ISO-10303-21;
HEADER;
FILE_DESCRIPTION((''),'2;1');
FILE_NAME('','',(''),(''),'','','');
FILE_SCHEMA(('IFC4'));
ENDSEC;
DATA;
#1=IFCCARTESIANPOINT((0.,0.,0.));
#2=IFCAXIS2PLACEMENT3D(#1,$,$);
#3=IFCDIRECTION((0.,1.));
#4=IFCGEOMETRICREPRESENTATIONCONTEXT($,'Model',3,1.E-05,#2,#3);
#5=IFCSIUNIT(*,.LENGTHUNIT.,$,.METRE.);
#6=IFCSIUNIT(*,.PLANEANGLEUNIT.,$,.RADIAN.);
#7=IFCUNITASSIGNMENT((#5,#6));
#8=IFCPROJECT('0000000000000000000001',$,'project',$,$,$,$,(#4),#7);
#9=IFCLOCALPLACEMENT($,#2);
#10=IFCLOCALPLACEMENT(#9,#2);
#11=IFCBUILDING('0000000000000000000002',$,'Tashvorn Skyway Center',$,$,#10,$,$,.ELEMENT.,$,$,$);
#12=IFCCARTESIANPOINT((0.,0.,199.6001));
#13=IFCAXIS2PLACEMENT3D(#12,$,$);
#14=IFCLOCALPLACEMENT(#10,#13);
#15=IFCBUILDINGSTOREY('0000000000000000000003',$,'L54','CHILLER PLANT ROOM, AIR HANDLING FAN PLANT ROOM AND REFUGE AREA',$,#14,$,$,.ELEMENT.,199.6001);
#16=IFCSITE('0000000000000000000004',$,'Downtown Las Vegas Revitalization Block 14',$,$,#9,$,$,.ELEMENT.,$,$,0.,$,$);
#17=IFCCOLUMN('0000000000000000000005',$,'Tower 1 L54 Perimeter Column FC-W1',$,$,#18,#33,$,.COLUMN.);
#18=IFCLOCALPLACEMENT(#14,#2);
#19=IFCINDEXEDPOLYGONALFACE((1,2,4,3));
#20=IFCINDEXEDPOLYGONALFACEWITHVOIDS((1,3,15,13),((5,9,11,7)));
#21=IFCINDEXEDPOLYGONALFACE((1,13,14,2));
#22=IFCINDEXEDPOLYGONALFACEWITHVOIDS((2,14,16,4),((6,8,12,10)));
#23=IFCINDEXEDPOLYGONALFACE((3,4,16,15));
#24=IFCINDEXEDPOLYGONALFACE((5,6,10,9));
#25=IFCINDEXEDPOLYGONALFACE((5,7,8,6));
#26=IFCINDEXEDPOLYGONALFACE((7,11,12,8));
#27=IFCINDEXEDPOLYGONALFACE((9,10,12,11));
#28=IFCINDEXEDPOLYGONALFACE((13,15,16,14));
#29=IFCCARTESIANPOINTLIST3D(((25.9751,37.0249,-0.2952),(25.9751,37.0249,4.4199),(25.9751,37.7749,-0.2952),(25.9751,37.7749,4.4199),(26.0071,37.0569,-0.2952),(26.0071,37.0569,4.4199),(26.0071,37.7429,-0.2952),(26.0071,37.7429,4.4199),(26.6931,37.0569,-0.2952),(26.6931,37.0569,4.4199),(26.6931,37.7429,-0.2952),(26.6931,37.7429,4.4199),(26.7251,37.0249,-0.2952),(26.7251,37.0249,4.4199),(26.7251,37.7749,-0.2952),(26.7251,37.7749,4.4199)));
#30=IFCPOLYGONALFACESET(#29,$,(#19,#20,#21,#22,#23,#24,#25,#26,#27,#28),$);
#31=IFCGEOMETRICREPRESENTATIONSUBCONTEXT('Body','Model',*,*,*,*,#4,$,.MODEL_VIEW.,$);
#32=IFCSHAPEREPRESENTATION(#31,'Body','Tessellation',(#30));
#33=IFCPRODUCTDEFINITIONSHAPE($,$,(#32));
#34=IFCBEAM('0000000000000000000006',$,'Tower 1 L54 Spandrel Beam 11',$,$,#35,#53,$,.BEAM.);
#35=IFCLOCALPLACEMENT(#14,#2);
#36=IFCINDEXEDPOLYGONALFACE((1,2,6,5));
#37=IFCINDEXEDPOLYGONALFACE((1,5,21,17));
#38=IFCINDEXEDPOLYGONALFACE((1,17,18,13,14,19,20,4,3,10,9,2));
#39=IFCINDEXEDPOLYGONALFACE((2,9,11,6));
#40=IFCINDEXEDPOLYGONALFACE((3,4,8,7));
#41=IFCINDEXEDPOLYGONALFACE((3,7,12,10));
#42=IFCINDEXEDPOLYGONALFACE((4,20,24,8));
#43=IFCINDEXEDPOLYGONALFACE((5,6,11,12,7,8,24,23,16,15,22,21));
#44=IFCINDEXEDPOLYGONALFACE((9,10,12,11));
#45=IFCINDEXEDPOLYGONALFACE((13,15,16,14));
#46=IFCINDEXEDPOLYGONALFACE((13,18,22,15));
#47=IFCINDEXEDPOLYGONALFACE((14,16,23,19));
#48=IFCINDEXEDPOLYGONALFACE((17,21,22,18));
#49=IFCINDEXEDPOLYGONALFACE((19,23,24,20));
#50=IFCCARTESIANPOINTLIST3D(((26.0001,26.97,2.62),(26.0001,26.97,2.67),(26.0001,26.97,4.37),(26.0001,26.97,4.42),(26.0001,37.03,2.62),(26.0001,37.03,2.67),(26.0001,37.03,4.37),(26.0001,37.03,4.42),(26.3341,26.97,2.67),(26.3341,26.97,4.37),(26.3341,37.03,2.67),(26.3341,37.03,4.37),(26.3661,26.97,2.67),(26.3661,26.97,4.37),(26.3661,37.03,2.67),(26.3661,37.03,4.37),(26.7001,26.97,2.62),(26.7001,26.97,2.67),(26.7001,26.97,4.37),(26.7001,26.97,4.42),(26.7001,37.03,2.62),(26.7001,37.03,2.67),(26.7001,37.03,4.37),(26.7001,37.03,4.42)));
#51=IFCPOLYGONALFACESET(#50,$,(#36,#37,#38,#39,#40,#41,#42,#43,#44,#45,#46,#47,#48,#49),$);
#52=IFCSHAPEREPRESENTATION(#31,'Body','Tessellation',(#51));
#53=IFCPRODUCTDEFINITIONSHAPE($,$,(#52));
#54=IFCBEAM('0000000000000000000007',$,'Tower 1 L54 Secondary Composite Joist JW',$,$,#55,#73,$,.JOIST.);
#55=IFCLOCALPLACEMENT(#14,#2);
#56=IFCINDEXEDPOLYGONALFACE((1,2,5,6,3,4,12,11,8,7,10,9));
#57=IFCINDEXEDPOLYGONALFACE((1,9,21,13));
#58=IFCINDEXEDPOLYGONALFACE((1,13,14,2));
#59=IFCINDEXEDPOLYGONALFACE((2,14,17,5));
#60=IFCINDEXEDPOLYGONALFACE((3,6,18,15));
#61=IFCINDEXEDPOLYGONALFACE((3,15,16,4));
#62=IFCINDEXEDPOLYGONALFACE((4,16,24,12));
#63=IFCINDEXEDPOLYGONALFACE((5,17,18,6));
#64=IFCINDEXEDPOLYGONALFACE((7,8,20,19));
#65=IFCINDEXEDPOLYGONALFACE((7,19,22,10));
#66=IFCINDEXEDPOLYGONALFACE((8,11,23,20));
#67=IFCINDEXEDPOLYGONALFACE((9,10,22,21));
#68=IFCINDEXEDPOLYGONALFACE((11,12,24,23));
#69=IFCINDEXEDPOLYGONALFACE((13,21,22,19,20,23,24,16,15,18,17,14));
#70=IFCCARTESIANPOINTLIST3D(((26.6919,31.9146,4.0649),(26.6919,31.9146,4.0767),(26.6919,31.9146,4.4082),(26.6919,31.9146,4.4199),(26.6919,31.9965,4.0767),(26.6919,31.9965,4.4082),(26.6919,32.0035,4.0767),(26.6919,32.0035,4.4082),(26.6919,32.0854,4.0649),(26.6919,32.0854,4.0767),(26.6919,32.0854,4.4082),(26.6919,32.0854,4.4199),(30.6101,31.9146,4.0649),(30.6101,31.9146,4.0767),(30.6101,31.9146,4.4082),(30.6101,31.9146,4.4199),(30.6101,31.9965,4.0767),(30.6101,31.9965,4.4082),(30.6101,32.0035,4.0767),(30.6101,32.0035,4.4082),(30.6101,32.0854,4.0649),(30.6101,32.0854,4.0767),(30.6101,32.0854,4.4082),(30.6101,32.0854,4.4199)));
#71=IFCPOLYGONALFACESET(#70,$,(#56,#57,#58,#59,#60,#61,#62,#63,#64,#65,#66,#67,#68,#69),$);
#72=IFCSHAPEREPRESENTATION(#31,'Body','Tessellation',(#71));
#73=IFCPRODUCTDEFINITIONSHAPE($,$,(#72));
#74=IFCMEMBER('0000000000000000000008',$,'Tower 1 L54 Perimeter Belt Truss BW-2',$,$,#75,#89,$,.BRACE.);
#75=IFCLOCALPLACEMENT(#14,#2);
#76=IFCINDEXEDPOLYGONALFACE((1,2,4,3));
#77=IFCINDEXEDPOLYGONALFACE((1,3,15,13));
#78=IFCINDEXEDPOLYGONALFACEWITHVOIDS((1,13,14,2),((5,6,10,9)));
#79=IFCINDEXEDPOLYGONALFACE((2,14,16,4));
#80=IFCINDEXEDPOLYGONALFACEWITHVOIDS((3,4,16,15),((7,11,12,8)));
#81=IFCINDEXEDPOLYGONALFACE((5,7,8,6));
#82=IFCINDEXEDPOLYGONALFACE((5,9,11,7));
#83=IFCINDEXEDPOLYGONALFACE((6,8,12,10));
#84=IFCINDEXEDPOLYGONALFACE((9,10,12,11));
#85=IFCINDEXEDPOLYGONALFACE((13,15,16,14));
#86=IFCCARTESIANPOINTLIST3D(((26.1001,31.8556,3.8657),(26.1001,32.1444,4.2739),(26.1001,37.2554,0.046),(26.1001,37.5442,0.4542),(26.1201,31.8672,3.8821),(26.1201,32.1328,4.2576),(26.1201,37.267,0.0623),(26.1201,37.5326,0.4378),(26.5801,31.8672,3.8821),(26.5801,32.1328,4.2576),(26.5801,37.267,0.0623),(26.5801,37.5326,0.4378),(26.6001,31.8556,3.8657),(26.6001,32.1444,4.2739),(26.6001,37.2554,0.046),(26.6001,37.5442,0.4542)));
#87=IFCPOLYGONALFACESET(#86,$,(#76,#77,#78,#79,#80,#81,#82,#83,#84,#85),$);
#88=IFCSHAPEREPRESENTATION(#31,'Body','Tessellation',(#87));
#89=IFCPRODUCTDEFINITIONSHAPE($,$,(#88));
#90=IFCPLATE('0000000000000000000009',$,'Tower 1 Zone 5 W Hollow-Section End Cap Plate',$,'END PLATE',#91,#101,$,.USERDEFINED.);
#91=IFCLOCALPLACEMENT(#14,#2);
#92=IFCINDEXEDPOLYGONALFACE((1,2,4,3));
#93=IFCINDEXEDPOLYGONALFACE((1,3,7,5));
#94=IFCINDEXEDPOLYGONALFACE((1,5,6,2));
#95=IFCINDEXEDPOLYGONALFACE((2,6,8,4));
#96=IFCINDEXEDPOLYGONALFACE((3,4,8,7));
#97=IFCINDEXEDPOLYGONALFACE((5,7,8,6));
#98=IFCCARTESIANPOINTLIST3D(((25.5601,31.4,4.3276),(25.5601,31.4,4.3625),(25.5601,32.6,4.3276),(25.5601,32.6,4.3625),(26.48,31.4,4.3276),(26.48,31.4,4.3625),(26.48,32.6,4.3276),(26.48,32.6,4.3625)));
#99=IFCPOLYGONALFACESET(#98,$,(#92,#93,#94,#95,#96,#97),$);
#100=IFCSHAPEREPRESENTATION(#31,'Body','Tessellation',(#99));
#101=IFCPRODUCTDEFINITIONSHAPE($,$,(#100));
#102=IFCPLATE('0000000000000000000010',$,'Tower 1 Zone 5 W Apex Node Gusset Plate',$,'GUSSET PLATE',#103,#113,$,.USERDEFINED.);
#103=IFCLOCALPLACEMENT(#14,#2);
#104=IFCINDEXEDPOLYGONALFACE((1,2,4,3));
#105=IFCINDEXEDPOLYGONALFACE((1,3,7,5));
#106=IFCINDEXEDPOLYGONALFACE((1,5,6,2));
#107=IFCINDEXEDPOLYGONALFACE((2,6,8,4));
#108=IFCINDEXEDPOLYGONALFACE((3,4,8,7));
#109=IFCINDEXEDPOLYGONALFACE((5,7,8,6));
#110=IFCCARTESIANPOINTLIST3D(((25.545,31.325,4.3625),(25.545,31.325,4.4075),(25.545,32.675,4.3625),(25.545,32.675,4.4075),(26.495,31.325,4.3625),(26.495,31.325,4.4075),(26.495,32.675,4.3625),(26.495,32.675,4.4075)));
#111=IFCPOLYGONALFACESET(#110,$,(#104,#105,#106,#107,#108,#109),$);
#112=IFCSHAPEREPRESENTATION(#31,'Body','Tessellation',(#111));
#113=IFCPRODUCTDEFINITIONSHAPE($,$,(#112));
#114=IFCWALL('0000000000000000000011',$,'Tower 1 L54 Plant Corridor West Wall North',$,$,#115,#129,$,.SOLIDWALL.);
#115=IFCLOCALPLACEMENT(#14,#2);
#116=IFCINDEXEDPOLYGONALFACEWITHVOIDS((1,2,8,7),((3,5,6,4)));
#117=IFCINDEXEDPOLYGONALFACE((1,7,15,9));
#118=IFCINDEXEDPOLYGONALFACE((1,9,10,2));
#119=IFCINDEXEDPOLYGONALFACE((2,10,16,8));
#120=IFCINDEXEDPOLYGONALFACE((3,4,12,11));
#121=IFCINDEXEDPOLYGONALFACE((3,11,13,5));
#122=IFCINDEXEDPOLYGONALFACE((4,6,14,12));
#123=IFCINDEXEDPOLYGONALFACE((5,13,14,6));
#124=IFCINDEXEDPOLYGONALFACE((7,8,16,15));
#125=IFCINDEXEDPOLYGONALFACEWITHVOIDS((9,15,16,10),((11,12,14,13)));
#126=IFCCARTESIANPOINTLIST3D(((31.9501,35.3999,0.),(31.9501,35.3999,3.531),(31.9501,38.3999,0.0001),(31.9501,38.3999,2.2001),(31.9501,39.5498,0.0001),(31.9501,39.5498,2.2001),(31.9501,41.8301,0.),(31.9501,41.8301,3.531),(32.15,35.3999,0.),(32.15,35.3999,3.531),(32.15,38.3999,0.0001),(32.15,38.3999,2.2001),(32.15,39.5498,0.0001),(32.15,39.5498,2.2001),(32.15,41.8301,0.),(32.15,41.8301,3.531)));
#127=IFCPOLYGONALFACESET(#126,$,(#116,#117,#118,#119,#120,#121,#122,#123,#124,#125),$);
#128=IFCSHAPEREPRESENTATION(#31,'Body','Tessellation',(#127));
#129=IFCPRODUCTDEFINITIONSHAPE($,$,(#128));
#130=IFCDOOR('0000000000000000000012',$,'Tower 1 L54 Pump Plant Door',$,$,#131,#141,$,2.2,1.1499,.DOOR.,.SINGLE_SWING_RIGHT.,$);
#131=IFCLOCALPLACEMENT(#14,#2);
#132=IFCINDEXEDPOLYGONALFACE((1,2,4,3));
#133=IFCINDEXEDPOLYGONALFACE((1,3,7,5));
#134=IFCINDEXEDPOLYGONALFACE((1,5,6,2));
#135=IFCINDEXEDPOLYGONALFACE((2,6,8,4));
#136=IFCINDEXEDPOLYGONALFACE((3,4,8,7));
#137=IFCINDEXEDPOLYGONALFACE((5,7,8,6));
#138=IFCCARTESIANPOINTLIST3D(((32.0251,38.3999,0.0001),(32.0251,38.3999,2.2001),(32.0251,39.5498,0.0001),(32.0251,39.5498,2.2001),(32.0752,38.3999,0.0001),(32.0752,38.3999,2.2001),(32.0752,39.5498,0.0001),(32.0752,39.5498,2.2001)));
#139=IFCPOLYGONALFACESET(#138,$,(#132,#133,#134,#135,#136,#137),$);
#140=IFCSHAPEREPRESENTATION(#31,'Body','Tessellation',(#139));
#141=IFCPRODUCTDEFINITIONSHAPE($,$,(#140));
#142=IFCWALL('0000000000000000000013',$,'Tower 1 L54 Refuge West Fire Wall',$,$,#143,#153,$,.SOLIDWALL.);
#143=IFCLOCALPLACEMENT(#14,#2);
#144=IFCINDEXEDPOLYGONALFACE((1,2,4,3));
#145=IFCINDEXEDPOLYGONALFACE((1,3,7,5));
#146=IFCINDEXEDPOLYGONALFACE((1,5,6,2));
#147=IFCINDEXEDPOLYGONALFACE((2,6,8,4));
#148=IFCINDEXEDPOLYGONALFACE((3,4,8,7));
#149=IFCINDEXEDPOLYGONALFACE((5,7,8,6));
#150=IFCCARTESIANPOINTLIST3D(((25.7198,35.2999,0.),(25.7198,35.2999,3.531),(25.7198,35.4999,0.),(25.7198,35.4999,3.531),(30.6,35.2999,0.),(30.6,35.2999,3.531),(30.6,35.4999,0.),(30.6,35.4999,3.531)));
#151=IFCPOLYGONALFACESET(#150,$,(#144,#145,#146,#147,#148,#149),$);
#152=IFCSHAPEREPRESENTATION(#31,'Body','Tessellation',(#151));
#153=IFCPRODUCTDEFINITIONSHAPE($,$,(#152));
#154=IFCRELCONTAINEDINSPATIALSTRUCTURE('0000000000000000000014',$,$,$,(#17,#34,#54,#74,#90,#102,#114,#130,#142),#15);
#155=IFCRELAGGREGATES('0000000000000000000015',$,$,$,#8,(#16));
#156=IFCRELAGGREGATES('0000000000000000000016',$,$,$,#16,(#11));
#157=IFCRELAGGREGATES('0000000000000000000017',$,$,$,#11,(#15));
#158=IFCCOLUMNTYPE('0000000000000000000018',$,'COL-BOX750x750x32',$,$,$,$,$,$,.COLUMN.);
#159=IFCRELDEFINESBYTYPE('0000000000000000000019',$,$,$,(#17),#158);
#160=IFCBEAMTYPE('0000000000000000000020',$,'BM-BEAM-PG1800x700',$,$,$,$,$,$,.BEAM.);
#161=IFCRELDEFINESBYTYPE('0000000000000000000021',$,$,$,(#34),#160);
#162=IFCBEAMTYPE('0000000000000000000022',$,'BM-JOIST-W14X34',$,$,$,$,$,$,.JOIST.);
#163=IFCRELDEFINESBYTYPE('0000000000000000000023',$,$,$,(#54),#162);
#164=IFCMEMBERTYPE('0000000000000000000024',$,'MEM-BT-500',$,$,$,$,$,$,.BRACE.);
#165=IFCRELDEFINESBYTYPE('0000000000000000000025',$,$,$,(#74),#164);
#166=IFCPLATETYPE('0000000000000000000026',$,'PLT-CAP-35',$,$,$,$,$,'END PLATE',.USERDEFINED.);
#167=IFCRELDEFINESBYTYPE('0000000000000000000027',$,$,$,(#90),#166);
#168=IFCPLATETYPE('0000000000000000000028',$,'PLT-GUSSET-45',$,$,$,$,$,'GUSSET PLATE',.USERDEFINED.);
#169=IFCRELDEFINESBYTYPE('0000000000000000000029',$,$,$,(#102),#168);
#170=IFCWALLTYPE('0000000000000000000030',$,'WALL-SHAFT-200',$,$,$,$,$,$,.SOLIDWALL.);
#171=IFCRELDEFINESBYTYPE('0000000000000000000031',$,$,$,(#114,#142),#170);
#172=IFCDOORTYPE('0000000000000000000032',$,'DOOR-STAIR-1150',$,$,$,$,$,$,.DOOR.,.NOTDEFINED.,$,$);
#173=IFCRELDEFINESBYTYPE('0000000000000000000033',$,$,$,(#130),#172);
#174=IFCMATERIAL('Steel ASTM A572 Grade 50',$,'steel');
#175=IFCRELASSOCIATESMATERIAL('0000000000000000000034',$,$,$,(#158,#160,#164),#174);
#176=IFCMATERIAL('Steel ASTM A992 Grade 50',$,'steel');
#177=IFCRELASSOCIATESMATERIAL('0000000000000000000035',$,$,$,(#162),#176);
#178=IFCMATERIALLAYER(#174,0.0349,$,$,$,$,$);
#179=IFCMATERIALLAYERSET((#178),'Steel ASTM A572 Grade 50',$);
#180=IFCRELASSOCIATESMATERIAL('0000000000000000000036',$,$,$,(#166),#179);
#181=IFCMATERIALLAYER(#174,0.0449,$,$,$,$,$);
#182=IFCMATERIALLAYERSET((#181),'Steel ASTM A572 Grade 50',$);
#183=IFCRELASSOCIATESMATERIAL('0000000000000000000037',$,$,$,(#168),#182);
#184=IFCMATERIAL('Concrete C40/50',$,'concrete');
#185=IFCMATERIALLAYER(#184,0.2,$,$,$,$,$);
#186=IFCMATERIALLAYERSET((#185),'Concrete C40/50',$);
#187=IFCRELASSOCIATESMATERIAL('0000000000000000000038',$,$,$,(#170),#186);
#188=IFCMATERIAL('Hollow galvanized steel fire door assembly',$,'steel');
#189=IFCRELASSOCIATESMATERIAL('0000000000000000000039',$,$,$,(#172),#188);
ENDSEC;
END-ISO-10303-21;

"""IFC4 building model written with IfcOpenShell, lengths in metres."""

from ifc_helpers import new_model, si_unit, direction, frame, frame_2d, origin, origin_2d, place, context, subcontext, project, spatial, rectangle, hollow_rectangle, i_section, extrude, material, layer, layer_set, material_profile, profile_set, type_object, element, fill, save


model = new_model("IFC4")

# Units and contexts
model_context = context("Model", 3, precision=1e-05, world=origin(), true_north=direction((0.0, 1.0)))
body_context = subcontext(model_context, "Body", "Model", "MODEL_VIEW")
ifc_project = project(units=[si_unit("LENGTHUNIT", "METRE"), si_unit("PLANEANGLEUNIT", "RADIAN")], contexts=[model_context])

# Site, building, storey
site_placement = place(None, origin())
site = spatial("IfcSite", under=ifc_project, at=site_placement, Name="Downtown Las Vegas Revitalization Block 14", CompositionType="ELEMENT", RefElevation=0.0)
building_placement = place(site_placement, origin())
building = spatial("IfcBuilding", under=site, at=building_placement, Name="Tashvorn Skyway Center", CompositionType="ELEMENT")
storey_placement = place(building_placement, frame((0.0, 0.0, 199.6001)))
storey = spatial("IfcBuildingStorey", under=building, at=storey_placement, Name="L54", Description="CHILLER PLANT ROOM, AIR HANDLING FAN PLANT ROOM AND REFUGE AREA", CompositionType="ELEMENT", Elevation=199.6001)

# Column
ifc_material_1 = material(Name="Steel ASTM A572 Grade 50", Category="steel")
ifc_material_profile_1 = material_profile(ifc_material_1, hollow_rectangle(XDim=0.75, YDim=0.75, WallThickness=0.032, at=origin_2d()), Name="BOX750x750x32")
ifc_profile_set_1 = profile_set([ifc_material_profile_1], Name="Steel ASTM A572 Grade 50")
column_type = type_object("IfcColumnType", Name="COL-BOX750x750x32", PredefinedType="COLUMN", material=ifc_profile_set_1)
column_placement = place(storey_placement, frame((26.3501, 37.3999, -0.2952), z_axis=(0.0, 0.0, 1.0), x_axis=(1.0, 0.0, 0.0)))
element("IfcColumn", 1, at=column_placement, inside=storey, type_object=column_type, Name="Tower 1 L54 Perimeter Column FC-W1", PredefinedType="COLUMN", context=body_context, shape_type="SweptSolid", body=[
    extrude(hollow_rectangle(XDim=0.75, YDim=0.75, WallThickness=0.032, at=origin_2d()), origin(), (0.0, 0.0, 1.0), 4.7151),
])

# Beams
ifc_material_profile_2 = material_profile(ifc_material_1, i_section(OverallWidth=0.7, OverallDepth=1.8, WebThickness=0.032, FlangeThickness=0.05, at=origin_2d()), Name="PG1800x700")
ifc_profile_set_2 = profile_set([ifc_material_profile_2], Name="Steel ASTM A572 Grade 50")
beam_type_1 = type_object("IfcBeamType", Name="BM-BEAM-PG1800x700", PredefinedType="BEAM", material=ifc_profile_set_2)
beam_1_placement = place(storey_placement, frame((26.3501, 37.03, 3.52), z_axis=(0.0, -1.0, 0.0), x_axis=(1.0, 0.0, 0.0)))
element("IfcBeam", 2, at=beam_1_placement, inside=storey, type_object=beam_type_1, Name="Tower 1 L54 Spandrel Beam 11", PredefinedType="BEAM", context=body_context, shape_type="SweptSolid", body=[
    extrude(i_section(OverallWidth=0.7, OverallDepth=1.8, WebThickness=0.032, FlangeThickness=0.05, at=origin_2d()), origin(), (0.0, 0.0, 1.0), 10.0601),
])
ifc_material_2 = material(Name="Steel ASTM A992 Grade 50", Category="steel")
ifc_material_profile_3 = material_profile(ifc_material_2, i_section(OverallWidth=0.1709, OverallDepth=0.355, WebThickness=0.0071, FlangeThickness=0.0117, at=origin_2d()), Name="W14X34")
ifc_profile_set_3 = profile_set([ifc_material_profile_3], Name="Steel ASTM A992 Grade 50")
beam_type_2 = type_object("IfcBeamType", Name="BM-JOIST-W14X34", PredefinedType="JOIST", material=ifc_profile_set_3)
beam_2_placement = place(storey_placement, frame((30.6101, 32.0, 4.2424), z_axis=(-1.0, 0.0, 0.0), x_axis=(0.0, -1.0, 0.0)))
element("IfcBeam", 3, at=beam_2_placement, inside=storey, type_object=beam_type_2, Name="Tower 1 L54 Secondary Composite Joist JW", PredefinedType="JOIST", context=body_context, shape_type="SweptSolid", body=[
    extrude(i_section(OverallWidth=0.1709, OverallDepth=0.355, WebThickness=0.0071, FlangeThickness=0.0117, at=origin_2d()), origin(), (0.0, 0.0, 1.0), 3.9182),
])

# Member
ifc_material_profile_4 = material_profile(ifc_material_1, hollow_rectangle(XDim=0.5, YDim=0.5, WallThickness=0.02, at=origin_2d()), Name="HSS500x500x20")
ifc_profile_set_4 = profile_set([ifc_material_profile_4], Name="Steel ASTM A572 Grade 50")
member_type = type_object("IfcMemberType", Name="MEM-BT-500", PredefinedType="BRACE", material=ifc_profile_set_4)
member_placement = place(storey_placement, frame((26.3501, 32.0, 4.0698), z_axis=(0.0, 0.816388, -0.577503), x_axis=(-1.0, 0.0, 0.0)))
element("IfcMember", 4, at=member_placement, inside=storey, type_object=member_type, Name="Tower 1 L54 Perimeter Belt Truss BW-2", PredefinedType="BRACE", context=body_context, shape_type="SweptSolid", body=[
    extrude(hollow_rectangle(XDim=0.5, YDim=0.5, WallThickness=0.02, at=origin_2d()), origin(), (0.0, 0.0, 1.0), 6.6143),
])

# Plates
ifc_layer_1 = layer(ifc_material_1, 0.0349)
ifc_layer_set_1 = layer_set([ifc_layer_1], Name="Steel ASTM A572 Grade 50")
plate_type_1 = type_object("IfcPlateType", Name="PLT-CAP-35", ElementType="END PLATE", PredefinedType="USERDEFINED", material=ifc_layer_set_1)
plate_1_placement = place(storey_placement, frame((26.02, 32.0, 4.3276), z_axis=(0.0, 0.0, 1.0), x_axis=(0.0, -1.0, 0.0)))
element("IfcPlate", 5, at=plate_1_placement, inside=storey, type_object=plate_type_1, Name="Tower 1 Zone 5 W Hollow-Section End Cap Plate", ObjectType="END PLATE", PredefinedType="USERDEFINED", context=body_context, shape_type="SweptSolid", body=[
    extrude(rectangle(XDim=1.2, YDim=0.9199, at=origin_2d()), origin(), (0.0, 0.0, 1.0), 0.0349),
])
ifc_layer_2 = layer(ifc_material_1, 0.0449)
ifc_layer_set_2 = layer_set([ifc_layer_2], Name="Steel ASTM A572 Grade 50")
plate_type_2 = type_object("IfcPlateType", Name="PLT-GUSSET-45", ElementType="GUSSET PLATE", PredefinedType="USERDEFINED", material=ifc_layer_set_2)
plate_2_placement = place(storey_placement, frame((26.02, 32.0, 4.3625), z_axis=(0.0, 0.0, 1.0), x_axis=(0.0, -1.0, 0.0)))
element("IfcPlate", 6, at=plate_2_placement, inside=storey, type_object=plate_type_2, Name="Tower 1 Zone 5 W Apex Node Gusset Plate", ObjectType="GUSSET PLATE", PredefinedType="USERDEFINED", context=body_context, shape_type="SweptSolid", body=[
    extrude(rectangle(XDim=1.3501, YDim=0.95, at=origin_2d()), origin(), (0.0, 0.0, 1.0), 0.0449),
])

# Wall, opening, door
ifc_material_3 = material(Name="Concrete C40/50", Category="concrete")
ifc_layer_3 = layer(ifc_material_3, 0.2)
ifc_layer_set_3 = layer_set([ifc_layer_3], Name="Concrete C40/50")
wall_type_1 = type_object("IfcWallType", Name="WALL-SHAFT-200", PredefinedType="SOLIDWALL", material=ifc_layer_set_3)
wall_1_placement = place(storey_placement, frame((32.05, 35.3999, 0.0), z_axis=(0.0, 0.0, 1.0), x_axis=(0.0, 1.0, 0.0)))
wall_1 = element("IfcWall", 7, at=wall_1_placement, inside=storey, type_object=wall_type_1, Name="Tower 1 L54 Plant Corridor West Wall North", PredefinedType="SOLIDWALL", context=body_context, shape_type="SweptSolid", body=[
    extrude(rectangle(XDim=6.4302, YDim=0.2, at=frame_2d((3.2151, 0.0))), origin(), (0.0, 0.0, 1.0), 3.531),
])
opening_1_placement = place(wall_1_placement, frame((3.0, 0.0, 0.0)))
opening_1 = element("IfcOpeningElement", 8, at=opening_1_placement, cuts=wall_1, PredefinedType="OPENING", context=body_context, shape_type="SweptSolid", body=[
    extrude(rectangle(XDim=1.1499, YDim=2.2, at=frame_2d((0.575, 1.1001))), frame((0.0, 0.1099, 0.0), z_axis=(0.0, -1.0, 0.0), x_axis=(1.0, 0.0, 0.0)), (0.0, 0.0, 1.0), 0.22),
])
ifc_material_4 = material(Name="Hollow galvanized steel fire door assembly", Category="steel")
door_type = type_object("IfcDoorType", Name="DOOR-STAIR-1150", OperationType="NOTDEFINED", PredefinedType="DOOR", material=ifc_material_4)
door_1_placement = place(opening_1_placement, origin())
door_1 = element("IfcDoor", 9, at=door_1_placement, inside=storey, type_object=door_type, Name="Tower 1 L54 Pump Plant Door", OperationType="SINGLE_SWING_RIGHT", OverallHeight=2.2, OverallWidth=1.1499, PredefinedType="DOOR", context=body_context, shape_type="SweptSolid", body=[
    extrude(rectangle(XDim=1.1499, YDim=2.2, at=frame_2d((0.575, 1.1001))), frame((0.0, 0.0249, 0.0), z_axis=(0.0, -1.0, 0.0), x_axis=(1.0, 0.0, 0.0)), (0.0, 0.0, 1.0), 0.05),
])
fill(opening_1, door_1)

# Wall
wall_2_placement = place(storey_placement, frame((25.72, 35.3999, 0.0), z_axis=(0.0, 0.0, 1.0), x_axis=(1.0, 0.0, 0.0)))
element("IfcWall", 10, at=wall_2_placement, inside=storey, type_object=wall_type_1, Name="Tower 1 L54 Refuge West Fire Wall", PredefinedType="SOLIDWALL", context=body_context, shape_type="SweptSolid", body=[
    extrude(rectangle(XDim=4.8801, YDim=0.2, at=frame_2d((2.4399, 0.0))), origin(), (0.0, 0.0, 1.0), 3.531),
])

save(model, "model.ifc")
